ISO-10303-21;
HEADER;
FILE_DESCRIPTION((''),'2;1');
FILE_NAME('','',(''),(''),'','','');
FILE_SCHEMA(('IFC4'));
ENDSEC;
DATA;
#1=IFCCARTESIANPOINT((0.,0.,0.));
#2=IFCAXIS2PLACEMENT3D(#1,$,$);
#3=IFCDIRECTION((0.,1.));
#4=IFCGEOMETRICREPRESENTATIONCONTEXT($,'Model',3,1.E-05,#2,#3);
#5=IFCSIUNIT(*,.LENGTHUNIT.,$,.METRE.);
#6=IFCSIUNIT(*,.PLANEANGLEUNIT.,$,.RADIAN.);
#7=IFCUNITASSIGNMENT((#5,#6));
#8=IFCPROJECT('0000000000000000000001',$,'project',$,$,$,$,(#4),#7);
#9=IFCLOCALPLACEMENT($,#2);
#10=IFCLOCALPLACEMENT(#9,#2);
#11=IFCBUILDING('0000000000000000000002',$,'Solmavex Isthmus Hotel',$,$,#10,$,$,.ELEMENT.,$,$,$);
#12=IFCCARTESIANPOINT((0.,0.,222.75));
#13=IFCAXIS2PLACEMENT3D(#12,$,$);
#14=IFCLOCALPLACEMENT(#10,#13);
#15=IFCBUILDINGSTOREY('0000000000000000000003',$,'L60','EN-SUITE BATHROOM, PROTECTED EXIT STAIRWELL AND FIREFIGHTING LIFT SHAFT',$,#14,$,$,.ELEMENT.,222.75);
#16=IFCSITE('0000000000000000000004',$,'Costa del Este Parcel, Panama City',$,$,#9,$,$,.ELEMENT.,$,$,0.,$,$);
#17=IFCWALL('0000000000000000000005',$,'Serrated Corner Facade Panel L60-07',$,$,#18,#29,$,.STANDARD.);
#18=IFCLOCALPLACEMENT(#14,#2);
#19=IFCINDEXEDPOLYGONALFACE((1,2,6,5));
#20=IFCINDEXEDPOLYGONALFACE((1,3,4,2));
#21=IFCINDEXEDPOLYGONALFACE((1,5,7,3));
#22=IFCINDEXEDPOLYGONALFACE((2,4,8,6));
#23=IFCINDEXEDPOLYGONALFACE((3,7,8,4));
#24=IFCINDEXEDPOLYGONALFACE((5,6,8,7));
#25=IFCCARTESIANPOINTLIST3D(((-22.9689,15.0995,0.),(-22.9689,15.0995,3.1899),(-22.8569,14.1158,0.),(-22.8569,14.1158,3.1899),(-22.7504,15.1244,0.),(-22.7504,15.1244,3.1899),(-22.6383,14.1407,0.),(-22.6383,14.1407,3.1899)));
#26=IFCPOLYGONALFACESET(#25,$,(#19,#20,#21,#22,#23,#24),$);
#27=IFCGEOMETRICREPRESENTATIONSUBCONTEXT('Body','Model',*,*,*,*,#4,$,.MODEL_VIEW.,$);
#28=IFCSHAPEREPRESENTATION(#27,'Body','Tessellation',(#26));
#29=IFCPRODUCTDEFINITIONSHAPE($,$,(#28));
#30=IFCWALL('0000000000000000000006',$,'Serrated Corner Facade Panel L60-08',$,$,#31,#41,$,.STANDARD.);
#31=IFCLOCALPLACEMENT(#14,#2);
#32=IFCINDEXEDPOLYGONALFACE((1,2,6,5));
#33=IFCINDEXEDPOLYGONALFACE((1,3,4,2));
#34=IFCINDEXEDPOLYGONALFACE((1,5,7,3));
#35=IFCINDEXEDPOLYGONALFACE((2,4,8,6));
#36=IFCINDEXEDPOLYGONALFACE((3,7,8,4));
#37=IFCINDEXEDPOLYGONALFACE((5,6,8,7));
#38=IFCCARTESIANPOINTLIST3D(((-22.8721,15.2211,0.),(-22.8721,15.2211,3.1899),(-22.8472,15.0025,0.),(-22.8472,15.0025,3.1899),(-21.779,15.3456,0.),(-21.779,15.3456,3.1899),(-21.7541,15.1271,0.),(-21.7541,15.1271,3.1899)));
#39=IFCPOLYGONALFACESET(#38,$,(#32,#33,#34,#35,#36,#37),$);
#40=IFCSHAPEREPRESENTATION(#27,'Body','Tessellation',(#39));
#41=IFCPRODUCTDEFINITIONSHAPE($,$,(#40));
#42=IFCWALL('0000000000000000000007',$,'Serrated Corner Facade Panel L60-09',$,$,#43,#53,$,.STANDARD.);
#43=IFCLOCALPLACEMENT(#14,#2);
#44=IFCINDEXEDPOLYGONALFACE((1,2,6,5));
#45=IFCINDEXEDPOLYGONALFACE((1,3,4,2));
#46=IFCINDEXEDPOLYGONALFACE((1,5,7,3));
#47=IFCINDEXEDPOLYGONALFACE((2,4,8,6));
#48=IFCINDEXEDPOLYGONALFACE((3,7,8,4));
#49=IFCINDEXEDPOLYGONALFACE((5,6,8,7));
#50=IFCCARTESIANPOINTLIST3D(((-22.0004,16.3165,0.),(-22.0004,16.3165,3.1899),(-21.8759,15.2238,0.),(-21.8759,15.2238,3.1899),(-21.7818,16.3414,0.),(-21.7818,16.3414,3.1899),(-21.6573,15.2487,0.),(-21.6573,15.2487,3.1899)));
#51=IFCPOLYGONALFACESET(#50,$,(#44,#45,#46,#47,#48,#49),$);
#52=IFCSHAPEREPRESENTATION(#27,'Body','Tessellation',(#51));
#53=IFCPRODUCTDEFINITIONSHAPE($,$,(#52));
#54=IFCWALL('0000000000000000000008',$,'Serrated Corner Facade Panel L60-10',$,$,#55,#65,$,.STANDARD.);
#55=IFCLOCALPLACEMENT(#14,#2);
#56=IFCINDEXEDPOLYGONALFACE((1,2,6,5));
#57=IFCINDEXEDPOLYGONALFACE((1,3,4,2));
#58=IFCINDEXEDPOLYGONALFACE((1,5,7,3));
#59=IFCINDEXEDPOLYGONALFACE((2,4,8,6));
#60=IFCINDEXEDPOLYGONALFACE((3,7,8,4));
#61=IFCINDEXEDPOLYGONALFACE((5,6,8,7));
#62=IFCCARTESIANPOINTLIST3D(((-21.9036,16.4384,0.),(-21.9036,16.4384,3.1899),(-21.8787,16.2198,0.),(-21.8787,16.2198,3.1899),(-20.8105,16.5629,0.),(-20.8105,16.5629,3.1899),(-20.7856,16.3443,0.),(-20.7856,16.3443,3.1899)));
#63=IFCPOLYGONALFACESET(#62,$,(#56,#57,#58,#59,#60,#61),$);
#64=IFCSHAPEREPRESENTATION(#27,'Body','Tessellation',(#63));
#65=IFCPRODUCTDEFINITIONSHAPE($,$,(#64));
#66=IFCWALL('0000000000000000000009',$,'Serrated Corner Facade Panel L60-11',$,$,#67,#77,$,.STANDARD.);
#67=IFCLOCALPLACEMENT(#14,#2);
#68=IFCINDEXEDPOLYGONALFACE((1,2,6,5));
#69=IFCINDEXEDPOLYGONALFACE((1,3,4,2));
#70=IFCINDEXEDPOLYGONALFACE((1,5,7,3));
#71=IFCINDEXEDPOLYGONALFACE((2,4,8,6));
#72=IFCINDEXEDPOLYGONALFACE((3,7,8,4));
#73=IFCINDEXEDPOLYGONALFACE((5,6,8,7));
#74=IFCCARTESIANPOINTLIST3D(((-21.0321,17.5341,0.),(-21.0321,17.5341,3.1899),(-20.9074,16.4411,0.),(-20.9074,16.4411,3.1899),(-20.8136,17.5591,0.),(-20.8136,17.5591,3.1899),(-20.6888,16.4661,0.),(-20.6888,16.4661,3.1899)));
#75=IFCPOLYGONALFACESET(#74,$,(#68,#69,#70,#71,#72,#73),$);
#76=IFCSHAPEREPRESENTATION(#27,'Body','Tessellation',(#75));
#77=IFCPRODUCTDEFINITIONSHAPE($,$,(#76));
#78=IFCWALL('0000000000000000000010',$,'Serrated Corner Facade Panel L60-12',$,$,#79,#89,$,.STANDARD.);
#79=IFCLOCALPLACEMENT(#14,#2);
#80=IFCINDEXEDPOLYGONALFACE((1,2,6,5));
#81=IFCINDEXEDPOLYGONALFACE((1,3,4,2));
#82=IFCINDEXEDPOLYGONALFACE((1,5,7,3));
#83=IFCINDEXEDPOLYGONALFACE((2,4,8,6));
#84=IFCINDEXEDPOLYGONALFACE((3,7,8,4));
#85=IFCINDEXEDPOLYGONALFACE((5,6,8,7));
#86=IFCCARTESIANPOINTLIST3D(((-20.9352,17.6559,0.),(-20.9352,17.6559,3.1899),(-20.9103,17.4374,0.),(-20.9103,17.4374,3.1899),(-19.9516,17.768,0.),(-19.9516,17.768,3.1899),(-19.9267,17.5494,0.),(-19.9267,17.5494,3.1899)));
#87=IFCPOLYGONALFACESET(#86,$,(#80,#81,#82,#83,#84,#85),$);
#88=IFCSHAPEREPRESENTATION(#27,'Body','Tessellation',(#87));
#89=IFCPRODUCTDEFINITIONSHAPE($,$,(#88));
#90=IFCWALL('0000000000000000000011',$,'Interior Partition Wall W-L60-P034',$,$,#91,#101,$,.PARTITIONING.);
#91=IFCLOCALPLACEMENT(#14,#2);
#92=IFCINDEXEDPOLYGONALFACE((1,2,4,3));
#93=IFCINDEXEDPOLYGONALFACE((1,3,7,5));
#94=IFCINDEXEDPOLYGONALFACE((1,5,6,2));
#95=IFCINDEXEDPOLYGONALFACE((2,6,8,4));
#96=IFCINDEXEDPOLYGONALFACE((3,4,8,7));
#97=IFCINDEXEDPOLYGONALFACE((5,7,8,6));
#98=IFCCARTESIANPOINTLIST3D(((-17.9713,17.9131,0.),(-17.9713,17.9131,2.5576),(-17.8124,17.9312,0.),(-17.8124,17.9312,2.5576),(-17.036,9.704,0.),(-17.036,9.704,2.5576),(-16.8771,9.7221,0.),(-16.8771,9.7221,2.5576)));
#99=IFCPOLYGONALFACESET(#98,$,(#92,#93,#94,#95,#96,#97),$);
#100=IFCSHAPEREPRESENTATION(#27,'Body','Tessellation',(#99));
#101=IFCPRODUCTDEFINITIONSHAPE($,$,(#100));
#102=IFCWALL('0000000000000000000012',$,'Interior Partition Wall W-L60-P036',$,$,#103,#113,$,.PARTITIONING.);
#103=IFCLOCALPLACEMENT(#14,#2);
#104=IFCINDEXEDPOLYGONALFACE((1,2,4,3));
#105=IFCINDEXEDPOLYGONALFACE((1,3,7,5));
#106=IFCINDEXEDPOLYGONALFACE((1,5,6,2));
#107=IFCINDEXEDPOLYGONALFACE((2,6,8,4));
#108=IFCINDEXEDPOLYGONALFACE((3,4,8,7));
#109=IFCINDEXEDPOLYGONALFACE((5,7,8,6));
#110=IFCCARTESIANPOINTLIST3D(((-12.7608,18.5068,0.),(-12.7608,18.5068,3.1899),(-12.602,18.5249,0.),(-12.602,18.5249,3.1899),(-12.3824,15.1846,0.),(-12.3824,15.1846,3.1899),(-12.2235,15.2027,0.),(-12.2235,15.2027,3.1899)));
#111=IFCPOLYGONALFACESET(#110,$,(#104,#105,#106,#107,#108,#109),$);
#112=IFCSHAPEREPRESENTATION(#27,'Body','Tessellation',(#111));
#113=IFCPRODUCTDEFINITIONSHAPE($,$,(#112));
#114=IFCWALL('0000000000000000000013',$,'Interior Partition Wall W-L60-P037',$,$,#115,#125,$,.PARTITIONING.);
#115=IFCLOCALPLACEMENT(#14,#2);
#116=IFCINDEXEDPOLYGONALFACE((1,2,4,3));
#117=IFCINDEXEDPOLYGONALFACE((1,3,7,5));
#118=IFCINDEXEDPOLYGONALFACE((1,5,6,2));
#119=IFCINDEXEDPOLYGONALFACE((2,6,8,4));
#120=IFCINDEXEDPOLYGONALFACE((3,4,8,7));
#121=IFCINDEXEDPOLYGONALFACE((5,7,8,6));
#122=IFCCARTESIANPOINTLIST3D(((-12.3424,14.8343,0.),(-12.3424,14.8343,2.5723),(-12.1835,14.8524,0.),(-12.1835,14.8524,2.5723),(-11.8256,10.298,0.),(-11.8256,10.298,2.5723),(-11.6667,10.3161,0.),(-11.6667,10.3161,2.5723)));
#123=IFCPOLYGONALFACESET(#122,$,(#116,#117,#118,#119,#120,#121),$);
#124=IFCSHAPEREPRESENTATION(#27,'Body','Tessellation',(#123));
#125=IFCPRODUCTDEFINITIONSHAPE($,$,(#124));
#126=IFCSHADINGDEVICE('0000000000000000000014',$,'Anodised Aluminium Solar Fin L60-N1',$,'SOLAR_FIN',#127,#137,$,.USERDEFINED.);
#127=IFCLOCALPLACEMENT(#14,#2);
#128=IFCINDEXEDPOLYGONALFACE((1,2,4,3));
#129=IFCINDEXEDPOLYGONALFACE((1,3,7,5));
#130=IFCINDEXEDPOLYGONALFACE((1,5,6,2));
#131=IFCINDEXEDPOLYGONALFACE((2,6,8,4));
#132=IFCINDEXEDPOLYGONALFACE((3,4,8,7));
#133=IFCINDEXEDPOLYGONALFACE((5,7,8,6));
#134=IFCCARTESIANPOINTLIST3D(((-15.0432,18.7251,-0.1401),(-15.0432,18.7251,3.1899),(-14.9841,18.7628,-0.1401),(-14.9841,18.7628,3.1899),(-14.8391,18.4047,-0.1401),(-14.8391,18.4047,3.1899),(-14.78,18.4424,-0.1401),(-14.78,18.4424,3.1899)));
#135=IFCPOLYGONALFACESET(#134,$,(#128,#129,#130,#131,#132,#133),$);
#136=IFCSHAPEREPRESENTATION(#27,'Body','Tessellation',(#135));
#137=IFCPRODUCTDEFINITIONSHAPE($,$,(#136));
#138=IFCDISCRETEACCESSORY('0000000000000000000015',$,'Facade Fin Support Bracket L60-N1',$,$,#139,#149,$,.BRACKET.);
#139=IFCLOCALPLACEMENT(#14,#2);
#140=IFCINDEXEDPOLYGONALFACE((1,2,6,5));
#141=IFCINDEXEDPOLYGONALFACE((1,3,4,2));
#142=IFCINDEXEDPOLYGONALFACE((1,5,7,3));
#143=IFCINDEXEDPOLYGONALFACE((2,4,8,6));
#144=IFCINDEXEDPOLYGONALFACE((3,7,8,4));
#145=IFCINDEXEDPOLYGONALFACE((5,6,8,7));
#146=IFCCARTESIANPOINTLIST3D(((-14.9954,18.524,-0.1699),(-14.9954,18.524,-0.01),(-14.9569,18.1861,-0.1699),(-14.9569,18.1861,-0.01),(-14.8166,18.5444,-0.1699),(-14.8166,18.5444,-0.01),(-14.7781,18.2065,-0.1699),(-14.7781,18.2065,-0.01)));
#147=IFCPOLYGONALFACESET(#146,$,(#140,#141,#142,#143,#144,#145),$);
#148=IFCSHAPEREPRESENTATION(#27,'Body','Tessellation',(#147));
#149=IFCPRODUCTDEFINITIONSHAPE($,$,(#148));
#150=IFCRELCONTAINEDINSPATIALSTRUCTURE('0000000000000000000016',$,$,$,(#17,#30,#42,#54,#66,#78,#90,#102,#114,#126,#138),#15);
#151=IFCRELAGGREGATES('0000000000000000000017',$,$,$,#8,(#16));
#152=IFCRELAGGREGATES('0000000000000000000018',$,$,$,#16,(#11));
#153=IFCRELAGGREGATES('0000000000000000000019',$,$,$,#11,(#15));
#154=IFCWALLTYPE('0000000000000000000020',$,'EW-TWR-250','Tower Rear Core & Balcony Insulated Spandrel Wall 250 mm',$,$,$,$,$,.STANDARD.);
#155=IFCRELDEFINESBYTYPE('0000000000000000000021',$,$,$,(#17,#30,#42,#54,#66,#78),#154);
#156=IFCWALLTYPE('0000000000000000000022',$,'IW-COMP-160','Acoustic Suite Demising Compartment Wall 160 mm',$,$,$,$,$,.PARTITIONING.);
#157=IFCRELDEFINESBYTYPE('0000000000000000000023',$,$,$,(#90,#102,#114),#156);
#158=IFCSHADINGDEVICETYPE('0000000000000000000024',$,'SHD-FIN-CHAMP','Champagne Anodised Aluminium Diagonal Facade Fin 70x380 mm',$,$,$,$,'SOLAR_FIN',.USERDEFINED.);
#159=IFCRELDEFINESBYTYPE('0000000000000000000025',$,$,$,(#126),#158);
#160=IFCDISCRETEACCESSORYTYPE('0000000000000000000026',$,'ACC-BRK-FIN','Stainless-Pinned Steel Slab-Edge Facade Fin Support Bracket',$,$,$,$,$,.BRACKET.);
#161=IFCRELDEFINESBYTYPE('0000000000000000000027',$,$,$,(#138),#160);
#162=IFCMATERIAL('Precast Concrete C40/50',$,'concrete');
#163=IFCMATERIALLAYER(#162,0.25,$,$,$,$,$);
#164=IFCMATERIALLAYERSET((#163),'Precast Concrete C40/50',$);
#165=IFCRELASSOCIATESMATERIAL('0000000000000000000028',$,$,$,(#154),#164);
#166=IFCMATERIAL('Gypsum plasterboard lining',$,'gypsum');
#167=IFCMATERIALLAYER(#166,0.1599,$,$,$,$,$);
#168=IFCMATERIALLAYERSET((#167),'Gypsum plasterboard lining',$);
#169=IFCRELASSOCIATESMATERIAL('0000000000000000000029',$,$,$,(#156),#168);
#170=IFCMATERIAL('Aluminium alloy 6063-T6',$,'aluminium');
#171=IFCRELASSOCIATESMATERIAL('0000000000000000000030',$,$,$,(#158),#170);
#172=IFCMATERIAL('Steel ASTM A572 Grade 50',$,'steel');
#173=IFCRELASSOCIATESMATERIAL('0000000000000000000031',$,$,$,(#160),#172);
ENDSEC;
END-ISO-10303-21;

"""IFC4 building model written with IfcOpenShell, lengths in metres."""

from ifc_helpers import new_model, si_unit, direction, frame, frame_2d, origin, origin_2d, place, context, subcontext, project, spatial, rectangle, extrude, material, layer, layer_set, type_object, element, save


model = new_model("IFC4")

# Units and contexts
model_context = context("Model", 3, precision=1e-05, world=origin(), true_north=direction((0.0, 1.0)))
body_context = subcontext(model_context, "Body", "Model", "MODEL_VIEW")
ifc_project = project(units=[si_unit("LENGTHUNIT", "METRE"), si_unit("PLANEANGLEUNIT", "RADIAN")], contexts=[model_context])

# Site, building, storey
site_placement = place(None, origin())
site = spatial("IfcSite", under=ifc_project, at=site_placement, Name="Costa del Este Parcel, Panama City", CompositionType="ELEMENT", RefElevation=0.0)
building_placement = place(site_placement, origin())
building = spatial("IfcBuilding", under=site, at=building_placement, Name="Solmavex Isthmus Hotel", CompositionType="ELEMENT")
storey_placement = place(building_placement, frame((0.0, 0.0, 222.75)))
storey = spatial("IfcBuildingStorey", under=building, at=storey_placement, Name="L60", Description="EN-SUITE BATHROOM, PROTECTED EXIT STAIRWELL AND FIREFIGHTING LIFT SHAFT", CompositionType="ELEMENT", Elevation=222.75)

# Shared definitions
ifc_material_1 = material(Name="Aluminium alloy 6063-T6", Category="aluminium")

# Walls
ifc_material_2 = material(Name="Precast Concrete C40/50", Category="concrete")
ifc_layer_1 = layer(ifc_material_2, 0.25)
ifc_layer_set_1 = layer_set([ifc_layer_1], Name="Precast Concrete C40/50")
wall_type_1 = type_object("IfcWallType", Name="EW-TWR-250", Description="Tower Rear Core & Balcony Insulated Spandrel Wall 250 mm", PredefinedType="STANDARD", material=ifc_layer_set_1)
wall_1_placement = place(storey_placement, frame((-22.7476, 14.1282, 0.0), z_axis=(0.0, 0.0, 1.0), x_axis=(-0.113192, 0.993573, 0.0)))
element("IfcWall", 1, at=wall_1_placement, inside=storey, type_object=wall_type_1, Name="Serrated Corner Facade Panel L60-07", PredefinedType="STANDARD", context=body_context, shape_type="SweptSolid", body=[
    extrude(rectangle(XDim=0.99, YDim=0.22, at=frame_2d((0.4951, 0.0))), origin(), (0.0, 0.0, 1.0), 3.1899),
])
wall_2_placement = place(storey_placement, frame((-22.8596, 15.1118, 0.0), z_axis=(0.0, 0.0, 1.0), x_axis=(0.993574, 0.113184, 0.0)))
element("IfcWall", 2, at=wall_2_placement, inside=storey, type_object=wall_type_1, Name="Serrated Corner Facade Panel L60-08", PredefinedType="STANDARD", context=body_context, shape_type="SweptSolid", body=[
    extrude(rectangle(XDim=1.1001, YDim=0.22, at=frame_2d((0.55, 0.0))), origin(), (0.0, 0.0, 1.0), 3.1899),
])
wall_3_placement = place(storey_placement, frame((-21.7666, 15.2363, 0.0), z_axis=(0.0, 0.0, 1.0), x_axis=(-0.113209, 0.993571, 0.0)))
element("IfcWall", 3, at=wall_3_placement, inside=storey, type_object=wall_type_1, Name="Serrated Corner Facade Panel L60-09", PredefinedType="STANDARD", context=body_context, shape_type="SweptSolid", body=[
    extrude(rectangle(XDim=1.0999, YDim=0.22, at=frame_2d((0.5498, 0.0))), origin(), (0.0, 0.0, 1.0), 3.1899),
])
for number, where, z_axis, x_axis, name in (
    (4, (-21.8911, 16.3291, 0.0), (0.0, 0.0, 1.0), (0.993574, 0.113184, 0.0), "Serrated Corner Facade Panel L60-10"),
    (5, (-20.7981, 16.4536, 0.0), (0.0, 0.0, 1.0), (-0.113403, 0.993549, 0.0), "Serrated Corner Facade Panel L60-11"),
):
    element("IfcWall", number, at=place(storey_placement, frame(where, z_axis=z_axis, x_axis=x_axis)), inside=storey, type_object=wall_type_1, Name=name, PredefinedType="STANDARD", context=body_context, shape_type="SweptSolid", body=[
        extrude(rectangle(XDim=1.1001, YDim=0.22, at=frame_2d((0.55, 0.0))), origin(), (0.0, 0.0, 1.0), 3.1899),
    ])
wall_4_placement = place(storey_placement, frame((-20.9229, 17.5466, 0.0), z_axis=(0.0, 0.0, 1.0), x_axis=(0.993573, 0.113192, 0.0)))
element("IfcWall", 6, at=wall_4_placement, inside=storey, type_object=wall_type_1, Name="Serrated Corner Facade Panel L60-12", PredefinedType="STANDARD", context=body_context, shape_type="SweptSolid", body=[
    extrude(rectangle(XDim=0.99, YDim=0.22, at=frame_2d((0.4951, 0.0))), origin(), (0.0, 0.0, 1.0), 3.1899),
])
ifc_material_3 = material(Name="Gypsum plasterboard lining", Category="gypsum")
ifc_layer_2 = layer(ifc_material_3, 0.1599)
ifc_layer_set_2 = layer_set([ifc_layer_2], Name="Gypsum plasterboard lining")
wall_type_2 = type_object("IfcWallType", Name="IW-COMP-160", Description="Acoustic Suite Demising Compartment Wall 160 mm", PredefinedType="PARTITIONING", material=ifc_layer_set_2)
wall_5_placement = place(storey_placement, frame((-17.8918, 17.9221, 0.0), z_axis=(0.0, 0.0, 1.0), x_axis=(0.113204, -0.993572, 0.0)))
element("IfcWall", 7, at=wall_5_placement, inside=storey, type_object=wall_type_2, Name="Interior Partition Wall W-L60-P034", PredefinedType="PARTITIONING", context=body_context, shape_type="SweptSolid", body=[
    extrude(rectangle(XDim=8.2622, YDim=0.1599, at=frame_2d((4.1311, 0.0))), origin(), (0.0, 0.0, 1.0), 2.5576),
])
wall_6_placement = place(storey_placement, frame((-12.6814, 18.5159, 0.0), z_axis=(0.0, 0.0, 1.0), x_axis=(0.113172, -0.993575, 0.0)))
element("IfcWall", 8, at=wall_6_placement, inside=storey, type_object=wall_type_2, Name="Interior Partition Wall W-L60-P036", PredefinedType="PARTITIONING", context=body_context, shape_type="SweptSolid", body=[
    extrude(rectangle(XDim=3.3438, YDim=0.1599, at=frame_2d((1.6719, 0.0))), origin(), (0.0, 0.0, 1.0), 3.1899),
])
wall_7_placement = place(storey_placement, frame((-12.2629, 14.8433, 0.0), z_axis=(0.0, 0.0, 1.0), x_axis=(0.113201, -0.993572, 0.0)))
element("IfcWall", 9, at=wall_7_placement, inside=storey, type_object=wall_type_2, Name="Interior Partition Wall W-L60-P037", PredefinedType="PARTITIONING", context=body_context, shape_type="SweptSolid", body=[
    extrude(rectangle(XDim=4.5657, YDim=0.1599, at=frame_2d((2.2827, 0.0))), origin(), (0.0, 0.0, 1.0), 2.5723),
])

# Shading device
shading_device_type = type_object("IfcShadingDeviceType", Name="SHD-FIN-CHAMP", Description="Champagne Anodised Aluminium Diagonal Facade Fin 70x380 mm", ElementType="SOLAR_FIN", PredefinedType="USERDEFINED", material=ifc_material_1)
shading_device_placement = place(storey_placement, frame((-14.9116, 18.5837, -0.1401), z_axis=(0.0, 0.0, 1.0), x_axis=(-0.5373, 0.843391, 0.0)))
element("IfcShadingDevice", 10, at=shading_device_placement, inside=storey, type_object=shading_device_type, Name="Anodised Aluminium Solar Fin L60-N1", ObjectType="SOLAR_FIN", PredefinedType="USERDEFINED", context=body_context, shape_type="SweptSolid", body=[
    extrude(rectangle(XDim=0.3799, YDim=0.0701, at=origin_2d()), origin(), (0.0, 0.0, 1.0), 3.3301),
])

# Discrete accessory
ifc_material_4 = material(Name="Steel ASTM A572 Grade 50", Category="steel")
discrete_accessory_type = type_object("IfcDiscreteAccessoryType", Name="ACC-BRK-FIN", Description="Stainless-Pinned Steel Slab-Edge Facade Fin Support Bracket", PredefinedType="BRACKET", material=ifc_material_4)
discrete_accessory_placement = place(storey_placement, frame((-14.8867, 18.3652, -0.1699), z_axis=(0.0, 0.0, 1.0), x_axis=(-0.113203, 0.993572, 0.0)))
element("IfcDiscreteAccessory", 11, at=discrete_accessory_placement, inside=storey, type_object=discrete_accessory_type, Name="Facade Fin Support Bracket L60-N1", PredefinedType="BRACKET", context=body_context, shape_type="SweptSolid", body=[
    extrude(rectangle(XDim=0.3401, YDim=0.1799, at=origin_2d()), origin(), (0.0, 0.0, 1.0), 0.1599),
])

save(model, "model.ifc")
